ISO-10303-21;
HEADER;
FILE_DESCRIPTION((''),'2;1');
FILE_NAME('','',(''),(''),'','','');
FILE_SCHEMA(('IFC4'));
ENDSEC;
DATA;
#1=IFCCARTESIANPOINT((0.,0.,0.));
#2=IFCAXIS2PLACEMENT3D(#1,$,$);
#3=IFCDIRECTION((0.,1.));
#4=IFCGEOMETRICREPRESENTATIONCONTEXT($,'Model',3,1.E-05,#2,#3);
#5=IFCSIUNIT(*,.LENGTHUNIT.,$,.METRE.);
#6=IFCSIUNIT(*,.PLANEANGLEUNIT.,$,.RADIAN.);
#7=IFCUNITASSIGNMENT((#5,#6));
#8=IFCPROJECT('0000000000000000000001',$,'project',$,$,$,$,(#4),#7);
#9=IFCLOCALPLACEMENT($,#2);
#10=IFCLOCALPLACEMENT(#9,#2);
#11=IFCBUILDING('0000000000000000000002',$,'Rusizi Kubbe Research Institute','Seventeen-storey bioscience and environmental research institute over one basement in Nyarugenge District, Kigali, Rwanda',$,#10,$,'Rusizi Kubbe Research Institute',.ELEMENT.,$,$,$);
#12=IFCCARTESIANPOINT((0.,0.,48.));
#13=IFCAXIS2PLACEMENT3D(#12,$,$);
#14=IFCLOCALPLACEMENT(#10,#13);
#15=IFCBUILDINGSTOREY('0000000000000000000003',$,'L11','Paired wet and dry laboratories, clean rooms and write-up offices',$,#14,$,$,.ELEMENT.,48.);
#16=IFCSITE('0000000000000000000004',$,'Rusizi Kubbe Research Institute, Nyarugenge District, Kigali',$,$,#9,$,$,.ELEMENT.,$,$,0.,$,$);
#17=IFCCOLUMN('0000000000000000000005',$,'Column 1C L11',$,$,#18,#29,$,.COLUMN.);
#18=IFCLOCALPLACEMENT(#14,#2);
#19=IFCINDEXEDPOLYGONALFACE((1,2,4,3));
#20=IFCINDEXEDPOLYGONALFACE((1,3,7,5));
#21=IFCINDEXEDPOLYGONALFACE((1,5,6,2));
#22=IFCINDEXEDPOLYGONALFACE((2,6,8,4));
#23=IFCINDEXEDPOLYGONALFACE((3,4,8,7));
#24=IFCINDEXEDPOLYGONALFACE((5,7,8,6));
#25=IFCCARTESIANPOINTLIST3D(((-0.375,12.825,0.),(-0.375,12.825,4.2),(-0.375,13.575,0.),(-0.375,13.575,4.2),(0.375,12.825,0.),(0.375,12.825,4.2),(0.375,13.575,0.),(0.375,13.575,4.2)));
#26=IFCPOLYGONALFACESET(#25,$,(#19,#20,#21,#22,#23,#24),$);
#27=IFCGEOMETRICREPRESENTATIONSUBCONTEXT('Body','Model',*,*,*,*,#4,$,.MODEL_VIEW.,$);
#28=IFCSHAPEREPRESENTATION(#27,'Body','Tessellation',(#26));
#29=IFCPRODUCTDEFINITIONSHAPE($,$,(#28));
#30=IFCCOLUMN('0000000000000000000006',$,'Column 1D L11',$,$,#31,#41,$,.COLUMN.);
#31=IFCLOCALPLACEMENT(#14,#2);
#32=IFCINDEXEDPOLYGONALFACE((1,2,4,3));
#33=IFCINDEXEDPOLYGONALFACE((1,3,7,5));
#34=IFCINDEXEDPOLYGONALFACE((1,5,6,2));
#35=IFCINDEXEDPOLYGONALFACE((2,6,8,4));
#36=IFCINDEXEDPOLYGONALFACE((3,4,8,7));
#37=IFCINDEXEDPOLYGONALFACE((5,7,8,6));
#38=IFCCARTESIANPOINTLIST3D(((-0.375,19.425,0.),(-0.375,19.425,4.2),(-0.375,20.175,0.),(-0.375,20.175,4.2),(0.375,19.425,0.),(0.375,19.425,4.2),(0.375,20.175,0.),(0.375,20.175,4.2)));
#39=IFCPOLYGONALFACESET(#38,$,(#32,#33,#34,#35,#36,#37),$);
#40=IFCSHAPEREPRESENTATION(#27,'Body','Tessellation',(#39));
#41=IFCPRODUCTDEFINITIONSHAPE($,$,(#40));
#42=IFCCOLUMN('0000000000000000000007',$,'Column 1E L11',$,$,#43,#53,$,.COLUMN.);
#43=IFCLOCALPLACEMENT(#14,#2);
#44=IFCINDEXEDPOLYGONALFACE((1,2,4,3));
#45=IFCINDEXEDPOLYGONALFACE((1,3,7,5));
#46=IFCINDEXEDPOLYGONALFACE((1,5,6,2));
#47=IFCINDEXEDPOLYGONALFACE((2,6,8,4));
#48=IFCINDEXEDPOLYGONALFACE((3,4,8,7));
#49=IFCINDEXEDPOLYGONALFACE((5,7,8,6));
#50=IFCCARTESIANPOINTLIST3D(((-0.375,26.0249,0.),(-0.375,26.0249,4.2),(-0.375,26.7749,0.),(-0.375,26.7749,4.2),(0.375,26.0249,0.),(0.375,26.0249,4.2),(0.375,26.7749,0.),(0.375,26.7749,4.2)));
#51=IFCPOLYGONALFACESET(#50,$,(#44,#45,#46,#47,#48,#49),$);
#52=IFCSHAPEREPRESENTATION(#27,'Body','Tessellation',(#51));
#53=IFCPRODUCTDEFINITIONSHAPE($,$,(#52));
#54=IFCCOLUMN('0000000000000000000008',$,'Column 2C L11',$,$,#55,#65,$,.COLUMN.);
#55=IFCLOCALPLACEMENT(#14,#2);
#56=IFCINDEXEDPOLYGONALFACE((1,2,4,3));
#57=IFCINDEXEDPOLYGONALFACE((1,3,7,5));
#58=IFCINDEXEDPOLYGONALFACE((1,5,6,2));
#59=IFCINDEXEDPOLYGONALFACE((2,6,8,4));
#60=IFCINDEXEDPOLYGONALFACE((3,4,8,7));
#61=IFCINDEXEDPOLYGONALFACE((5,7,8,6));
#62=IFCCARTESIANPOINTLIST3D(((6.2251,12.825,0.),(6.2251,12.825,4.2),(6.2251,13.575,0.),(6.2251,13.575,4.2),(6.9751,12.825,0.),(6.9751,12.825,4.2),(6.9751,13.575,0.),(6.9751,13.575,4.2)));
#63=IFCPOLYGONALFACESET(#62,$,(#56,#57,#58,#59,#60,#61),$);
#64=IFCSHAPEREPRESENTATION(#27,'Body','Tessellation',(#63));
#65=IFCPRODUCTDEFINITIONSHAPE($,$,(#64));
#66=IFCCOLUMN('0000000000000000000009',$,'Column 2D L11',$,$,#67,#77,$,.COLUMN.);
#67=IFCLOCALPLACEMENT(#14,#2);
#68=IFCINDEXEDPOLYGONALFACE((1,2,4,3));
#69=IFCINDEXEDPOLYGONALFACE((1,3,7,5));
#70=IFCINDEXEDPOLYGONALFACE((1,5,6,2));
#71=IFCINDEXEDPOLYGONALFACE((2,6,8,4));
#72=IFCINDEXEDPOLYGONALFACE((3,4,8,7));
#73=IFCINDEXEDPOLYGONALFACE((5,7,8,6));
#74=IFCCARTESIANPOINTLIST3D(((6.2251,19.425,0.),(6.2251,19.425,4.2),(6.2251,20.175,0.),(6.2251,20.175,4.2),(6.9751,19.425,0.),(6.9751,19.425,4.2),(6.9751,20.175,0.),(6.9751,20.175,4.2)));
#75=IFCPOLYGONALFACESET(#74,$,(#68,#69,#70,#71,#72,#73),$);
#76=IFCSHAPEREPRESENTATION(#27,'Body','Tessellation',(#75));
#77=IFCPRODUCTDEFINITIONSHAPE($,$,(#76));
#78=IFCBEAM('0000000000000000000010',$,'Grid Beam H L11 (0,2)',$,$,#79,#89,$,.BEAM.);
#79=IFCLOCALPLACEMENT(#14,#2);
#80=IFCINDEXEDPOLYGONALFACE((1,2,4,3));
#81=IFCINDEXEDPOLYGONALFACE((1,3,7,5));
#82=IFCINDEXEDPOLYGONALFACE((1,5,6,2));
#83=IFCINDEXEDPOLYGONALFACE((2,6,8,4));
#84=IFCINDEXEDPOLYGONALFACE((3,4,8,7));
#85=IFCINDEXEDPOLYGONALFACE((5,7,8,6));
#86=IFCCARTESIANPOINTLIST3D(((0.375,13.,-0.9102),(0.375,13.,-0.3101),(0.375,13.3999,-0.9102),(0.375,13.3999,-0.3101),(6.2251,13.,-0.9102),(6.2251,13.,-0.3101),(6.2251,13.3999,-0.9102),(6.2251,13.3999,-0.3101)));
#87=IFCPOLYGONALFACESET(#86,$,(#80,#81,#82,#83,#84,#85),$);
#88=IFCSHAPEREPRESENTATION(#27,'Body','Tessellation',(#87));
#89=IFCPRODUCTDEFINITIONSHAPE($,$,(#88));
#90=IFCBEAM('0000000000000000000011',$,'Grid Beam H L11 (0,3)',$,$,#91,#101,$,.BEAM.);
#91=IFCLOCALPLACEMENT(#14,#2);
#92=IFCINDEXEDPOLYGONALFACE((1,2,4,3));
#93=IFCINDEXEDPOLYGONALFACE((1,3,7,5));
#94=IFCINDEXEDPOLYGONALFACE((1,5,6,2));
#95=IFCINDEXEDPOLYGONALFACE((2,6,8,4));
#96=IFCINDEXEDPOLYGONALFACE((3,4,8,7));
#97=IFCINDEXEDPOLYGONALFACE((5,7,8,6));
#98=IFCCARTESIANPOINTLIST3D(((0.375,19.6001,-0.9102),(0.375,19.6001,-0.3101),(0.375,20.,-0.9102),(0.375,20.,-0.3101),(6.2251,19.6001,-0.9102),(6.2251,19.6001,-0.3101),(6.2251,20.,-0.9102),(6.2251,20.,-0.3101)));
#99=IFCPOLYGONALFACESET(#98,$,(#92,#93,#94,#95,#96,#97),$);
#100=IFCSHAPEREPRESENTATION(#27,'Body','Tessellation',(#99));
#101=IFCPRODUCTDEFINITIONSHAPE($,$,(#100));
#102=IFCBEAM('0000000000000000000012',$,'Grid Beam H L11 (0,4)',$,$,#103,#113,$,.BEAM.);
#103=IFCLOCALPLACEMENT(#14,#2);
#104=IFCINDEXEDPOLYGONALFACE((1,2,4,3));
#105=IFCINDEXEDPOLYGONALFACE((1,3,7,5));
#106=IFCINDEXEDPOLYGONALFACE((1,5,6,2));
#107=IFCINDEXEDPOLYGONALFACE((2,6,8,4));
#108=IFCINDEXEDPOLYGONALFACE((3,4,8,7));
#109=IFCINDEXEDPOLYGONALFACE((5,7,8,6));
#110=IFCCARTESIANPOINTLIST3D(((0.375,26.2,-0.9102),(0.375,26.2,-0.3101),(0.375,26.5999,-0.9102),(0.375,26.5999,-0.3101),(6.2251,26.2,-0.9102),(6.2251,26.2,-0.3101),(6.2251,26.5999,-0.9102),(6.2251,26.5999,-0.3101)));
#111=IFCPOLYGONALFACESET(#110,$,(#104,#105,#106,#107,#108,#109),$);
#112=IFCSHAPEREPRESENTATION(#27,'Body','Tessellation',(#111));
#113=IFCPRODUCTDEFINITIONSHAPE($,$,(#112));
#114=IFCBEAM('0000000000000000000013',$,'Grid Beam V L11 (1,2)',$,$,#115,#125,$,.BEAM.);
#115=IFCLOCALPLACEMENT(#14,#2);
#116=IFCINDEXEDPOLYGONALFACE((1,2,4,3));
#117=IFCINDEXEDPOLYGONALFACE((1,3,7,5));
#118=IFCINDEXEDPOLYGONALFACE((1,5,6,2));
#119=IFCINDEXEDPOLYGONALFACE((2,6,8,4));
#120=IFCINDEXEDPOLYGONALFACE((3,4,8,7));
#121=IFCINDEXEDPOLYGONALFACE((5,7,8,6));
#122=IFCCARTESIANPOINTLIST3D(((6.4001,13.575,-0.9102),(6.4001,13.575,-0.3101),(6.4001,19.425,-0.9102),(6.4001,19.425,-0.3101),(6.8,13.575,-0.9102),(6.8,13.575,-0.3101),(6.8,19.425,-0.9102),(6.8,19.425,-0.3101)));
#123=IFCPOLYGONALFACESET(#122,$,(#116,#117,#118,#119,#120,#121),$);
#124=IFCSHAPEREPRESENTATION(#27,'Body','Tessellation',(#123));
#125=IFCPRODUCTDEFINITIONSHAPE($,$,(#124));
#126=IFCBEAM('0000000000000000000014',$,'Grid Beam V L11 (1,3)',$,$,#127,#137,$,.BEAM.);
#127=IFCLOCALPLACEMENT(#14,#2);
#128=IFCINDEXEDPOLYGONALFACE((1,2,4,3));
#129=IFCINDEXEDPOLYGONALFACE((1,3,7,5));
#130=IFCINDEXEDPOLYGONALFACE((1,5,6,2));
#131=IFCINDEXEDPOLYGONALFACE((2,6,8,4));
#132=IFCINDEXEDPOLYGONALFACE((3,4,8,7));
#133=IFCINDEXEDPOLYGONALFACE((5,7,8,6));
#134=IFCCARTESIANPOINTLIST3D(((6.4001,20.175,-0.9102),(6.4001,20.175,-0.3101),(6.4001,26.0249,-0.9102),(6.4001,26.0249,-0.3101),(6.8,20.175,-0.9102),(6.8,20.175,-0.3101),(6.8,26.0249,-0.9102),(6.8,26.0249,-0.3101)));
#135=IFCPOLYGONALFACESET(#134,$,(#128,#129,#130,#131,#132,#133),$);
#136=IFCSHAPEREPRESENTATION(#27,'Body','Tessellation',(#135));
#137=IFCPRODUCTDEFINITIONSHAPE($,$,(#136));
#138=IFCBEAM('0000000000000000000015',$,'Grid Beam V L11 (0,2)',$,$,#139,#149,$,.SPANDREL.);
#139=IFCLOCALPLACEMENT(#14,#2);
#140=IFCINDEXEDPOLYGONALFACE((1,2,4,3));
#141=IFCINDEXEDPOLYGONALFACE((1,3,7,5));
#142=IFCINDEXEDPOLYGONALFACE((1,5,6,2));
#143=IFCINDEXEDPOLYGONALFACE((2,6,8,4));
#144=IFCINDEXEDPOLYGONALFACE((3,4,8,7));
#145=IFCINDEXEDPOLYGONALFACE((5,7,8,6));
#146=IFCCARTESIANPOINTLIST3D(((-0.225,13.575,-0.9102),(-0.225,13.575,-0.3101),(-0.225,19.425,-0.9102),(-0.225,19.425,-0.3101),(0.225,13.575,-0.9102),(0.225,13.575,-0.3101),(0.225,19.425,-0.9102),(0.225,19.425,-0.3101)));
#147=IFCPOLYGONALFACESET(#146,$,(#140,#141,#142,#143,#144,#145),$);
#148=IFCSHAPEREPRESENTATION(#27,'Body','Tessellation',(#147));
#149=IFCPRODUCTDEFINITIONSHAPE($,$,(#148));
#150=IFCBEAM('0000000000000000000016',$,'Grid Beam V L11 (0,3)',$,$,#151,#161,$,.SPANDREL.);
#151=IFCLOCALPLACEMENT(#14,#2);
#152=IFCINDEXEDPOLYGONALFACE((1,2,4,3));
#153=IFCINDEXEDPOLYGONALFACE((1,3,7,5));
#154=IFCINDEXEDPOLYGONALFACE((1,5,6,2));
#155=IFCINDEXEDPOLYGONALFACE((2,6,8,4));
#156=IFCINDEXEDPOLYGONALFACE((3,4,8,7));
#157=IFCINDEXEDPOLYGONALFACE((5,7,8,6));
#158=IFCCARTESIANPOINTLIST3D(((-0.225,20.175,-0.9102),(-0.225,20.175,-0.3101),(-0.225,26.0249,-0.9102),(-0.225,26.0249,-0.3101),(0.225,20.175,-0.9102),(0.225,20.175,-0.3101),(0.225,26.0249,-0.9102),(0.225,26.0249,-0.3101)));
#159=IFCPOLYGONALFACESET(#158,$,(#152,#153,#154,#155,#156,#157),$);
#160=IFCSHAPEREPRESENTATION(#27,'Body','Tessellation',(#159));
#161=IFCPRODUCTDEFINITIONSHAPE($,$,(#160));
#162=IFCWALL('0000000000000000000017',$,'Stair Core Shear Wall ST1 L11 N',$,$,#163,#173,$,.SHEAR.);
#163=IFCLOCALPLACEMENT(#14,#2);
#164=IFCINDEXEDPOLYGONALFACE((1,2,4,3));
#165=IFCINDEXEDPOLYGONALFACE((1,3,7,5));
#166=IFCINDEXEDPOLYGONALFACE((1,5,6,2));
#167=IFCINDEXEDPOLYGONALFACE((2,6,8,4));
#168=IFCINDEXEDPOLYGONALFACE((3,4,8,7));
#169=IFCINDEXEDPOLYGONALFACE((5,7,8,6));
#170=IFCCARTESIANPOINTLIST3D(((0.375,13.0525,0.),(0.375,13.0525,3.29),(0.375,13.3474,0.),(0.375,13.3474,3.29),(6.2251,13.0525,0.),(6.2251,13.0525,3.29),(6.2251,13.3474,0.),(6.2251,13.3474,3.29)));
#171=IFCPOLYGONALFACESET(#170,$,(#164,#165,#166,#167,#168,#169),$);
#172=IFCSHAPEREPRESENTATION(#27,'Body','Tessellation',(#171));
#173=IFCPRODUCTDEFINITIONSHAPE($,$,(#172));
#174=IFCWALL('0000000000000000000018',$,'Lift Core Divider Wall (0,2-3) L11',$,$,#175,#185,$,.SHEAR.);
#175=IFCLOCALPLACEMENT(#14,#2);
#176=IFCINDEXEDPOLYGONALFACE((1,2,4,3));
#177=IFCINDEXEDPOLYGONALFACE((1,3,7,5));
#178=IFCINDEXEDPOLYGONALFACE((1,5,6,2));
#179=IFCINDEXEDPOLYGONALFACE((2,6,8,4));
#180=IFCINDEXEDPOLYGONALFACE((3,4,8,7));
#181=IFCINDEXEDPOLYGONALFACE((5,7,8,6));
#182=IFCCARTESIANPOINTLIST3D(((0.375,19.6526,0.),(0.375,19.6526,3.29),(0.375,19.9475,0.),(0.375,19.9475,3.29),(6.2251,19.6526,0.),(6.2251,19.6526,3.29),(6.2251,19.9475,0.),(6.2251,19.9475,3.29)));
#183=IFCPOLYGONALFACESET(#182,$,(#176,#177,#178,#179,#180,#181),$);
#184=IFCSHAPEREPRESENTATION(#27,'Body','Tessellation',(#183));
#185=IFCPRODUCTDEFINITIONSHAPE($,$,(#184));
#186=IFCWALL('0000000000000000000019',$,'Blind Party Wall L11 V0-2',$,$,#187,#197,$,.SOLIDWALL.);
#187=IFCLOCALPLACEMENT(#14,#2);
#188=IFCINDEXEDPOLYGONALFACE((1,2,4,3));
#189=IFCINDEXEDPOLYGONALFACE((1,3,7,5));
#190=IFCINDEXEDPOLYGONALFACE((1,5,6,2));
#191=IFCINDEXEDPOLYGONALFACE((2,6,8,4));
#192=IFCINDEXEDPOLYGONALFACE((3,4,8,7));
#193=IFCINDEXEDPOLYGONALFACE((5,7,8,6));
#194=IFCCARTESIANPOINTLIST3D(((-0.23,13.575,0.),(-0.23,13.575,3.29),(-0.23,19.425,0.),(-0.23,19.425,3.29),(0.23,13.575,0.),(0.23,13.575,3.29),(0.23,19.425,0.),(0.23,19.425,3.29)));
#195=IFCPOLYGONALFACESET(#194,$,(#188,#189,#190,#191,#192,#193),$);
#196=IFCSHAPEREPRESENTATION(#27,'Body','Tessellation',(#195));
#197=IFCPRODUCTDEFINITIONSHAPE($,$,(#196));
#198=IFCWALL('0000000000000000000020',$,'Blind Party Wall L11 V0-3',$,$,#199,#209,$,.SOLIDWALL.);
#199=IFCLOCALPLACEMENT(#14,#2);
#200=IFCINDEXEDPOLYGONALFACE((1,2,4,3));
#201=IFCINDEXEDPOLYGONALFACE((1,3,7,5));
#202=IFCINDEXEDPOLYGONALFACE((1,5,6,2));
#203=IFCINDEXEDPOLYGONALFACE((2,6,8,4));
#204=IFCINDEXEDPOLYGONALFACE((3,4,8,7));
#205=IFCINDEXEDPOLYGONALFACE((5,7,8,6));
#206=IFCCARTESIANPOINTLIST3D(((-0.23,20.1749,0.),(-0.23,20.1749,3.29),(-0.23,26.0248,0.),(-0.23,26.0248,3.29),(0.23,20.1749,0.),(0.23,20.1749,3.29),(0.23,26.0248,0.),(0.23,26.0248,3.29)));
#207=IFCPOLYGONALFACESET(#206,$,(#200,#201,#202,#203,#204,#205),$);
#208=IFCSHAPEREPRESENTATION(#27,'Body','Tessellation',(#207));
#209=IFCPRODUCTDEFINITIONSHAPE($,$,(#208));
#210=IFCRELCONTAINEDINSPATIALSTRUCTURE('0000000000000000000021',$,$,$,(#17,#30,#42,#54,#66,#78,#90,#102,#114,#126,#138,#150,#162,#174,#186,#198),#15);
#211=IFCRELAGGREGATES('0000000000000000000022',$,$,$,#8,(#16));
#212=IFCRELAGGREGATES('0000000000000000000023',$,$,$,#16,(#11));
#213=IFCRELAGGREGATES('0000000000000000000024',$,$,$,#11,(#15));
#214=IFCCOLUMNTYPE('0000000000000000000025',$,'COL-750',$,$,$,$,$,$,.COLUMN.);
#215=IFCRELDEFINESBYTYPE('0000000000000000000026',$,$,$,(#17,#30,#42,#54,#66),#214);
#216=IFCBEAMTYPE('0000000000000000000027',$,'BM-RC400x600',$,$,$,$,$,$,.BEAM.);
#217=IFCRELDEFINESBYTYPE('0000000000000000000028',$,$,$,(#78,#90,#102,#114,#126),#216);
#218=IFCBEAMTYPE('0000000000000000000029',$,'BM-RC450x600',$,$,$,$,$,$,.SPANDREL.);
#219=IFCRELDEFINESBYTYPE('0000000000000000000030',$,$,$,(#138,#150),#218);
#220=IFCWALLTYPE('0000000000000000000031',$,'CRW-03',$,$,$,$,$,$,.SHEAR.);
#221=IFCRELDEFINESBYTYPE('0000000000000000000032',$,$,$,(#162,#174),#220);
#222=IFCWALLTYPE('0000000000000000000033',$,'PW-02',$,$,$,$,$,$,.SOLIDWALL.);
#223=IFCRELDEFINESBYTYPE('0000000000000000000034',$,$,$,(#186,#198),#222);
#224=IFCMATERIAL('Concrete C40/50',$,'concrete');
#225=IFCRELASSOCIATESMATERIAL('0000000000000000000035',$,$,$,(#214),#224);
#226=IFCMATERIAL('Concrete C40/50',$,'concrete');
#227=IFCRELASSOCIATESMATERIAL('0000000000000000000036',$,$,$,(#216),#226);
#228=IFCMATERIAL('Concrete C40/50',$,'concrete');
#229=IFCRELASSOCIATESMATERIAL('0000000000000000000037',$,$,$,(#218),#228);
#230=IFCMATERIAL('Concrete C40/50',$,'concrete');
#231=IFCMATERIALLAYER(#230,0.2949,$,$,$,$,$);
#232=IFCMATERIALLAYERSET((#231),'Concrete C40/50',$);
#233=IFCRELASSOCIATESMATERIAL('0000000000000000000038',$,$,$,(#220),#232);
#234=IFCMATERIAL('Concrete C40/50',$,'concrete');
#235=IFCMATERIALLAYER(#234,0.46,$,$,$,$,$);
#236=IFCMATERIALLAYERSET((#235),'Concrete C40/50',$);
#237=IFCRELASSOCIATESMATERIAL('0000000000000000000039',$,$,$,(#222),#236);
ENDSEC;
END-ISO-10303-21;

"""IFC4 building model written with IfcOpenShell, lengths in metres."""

from ifc_helpers import new_model, si_unit, direction, frame, frame_2d, origin, origin_2d, place, context, subcontext, project, spatial, rectangle, extrude, material, layer, layer_set, material_profile, profile_set, type_object, element, save


model = new_model("IFC4")

# Units and contexts
model_context = context("Model", 3, precision=1e-05, world=origin(), true_north=direction((0.0, 1.0)))
body_context = subcontext(model_context, "Body", "Model", "MODEL_VIEW")
ifc_project = project(units=[si_unit("LENGTHUNIT", "METRE"), si_unit("PLANEANGLEUNIT", "RADIAN")], contexts=[model_context])

# Site, building, storey
site_placement = place(None, origin())
site = spatial("IfcSite", under=ifc_project, at=site_placement, Name="Rusizi Kubbe Research Institute, Nyarugenge District, Kigali", CompositionType="ELEMENT", RefElevation=0.0)
building_placement = place(site_placement, origin())
building = spatial("IfcBuilding", under=site, at=building_placement, Name="Rusizi Kubbe Research Institute", Description="Seventeen-storey bioscience and environmental research institute over one basement in Nyarugenge District, Kigali, Rwanda", LongName="Rusizi Kubbe Research Institute", CompositionType="ELEMENT")
storey_placement = place(building_placement, frame((0.0, 0.0, 48.0)))
storey = spatial("IfcBuildingStorey", under=building, at=storey_placement, Name="L11", Description="Paired wet and dry laboratories, clean rooms and write-up offices", CompositionType="ELEMENT", Elevation=48.0)

# Columns
ifc_material_1 = material(Name="Concrete C40/50", Category="concrete")
ifc_material_profile_1 = material_profile(ifc_material_1, rectangle(XDim=0.75, YDim=0.75, at=origin_2d()), Name="RC750x750")
ifc_profile_set_1 = profile_set([ifc_material_profile_1], Name="Concrete C40/50")
column_type = type_object("IfcColumnType", Name="COL-750", PredefinedType="COLUMN", material=ifc_profile_set_1)
for number, where, z_axis, x_axis, name in (
    (1, (0.0, 13.2, 0.0), (0.0, 0.0, 1.0), (1.0, 0.0, 0.0), "Column 1C L11"),
    (2, (0.0, 19.8, 0.0), (0.0, 0.0, 1.0), (1.0, 0.0, 0.0), "Column 1D L11"),
    (3, (0.0, 26.3999, 0.0), (0.0, 0.0, 1.0), (1.0, 0.0, 0.0), "Column 1E L11"),
    (4, (6.6001, 13.2, 0.0), (0.0, 0.0, 1.0), (1.0, 0.0, 0.0), "Column 2C L11"),
    (5, (6.6001, 19.8, 0.0), (0.0, 0.0, 1.0), (1.0, 0.0, 0.0), "Column 2D L11"),
):
    element("IfcColumn", number, at=place(storey_placement, frame(where, z_axis=z_axis, x_axis=x_axis)), inside=storey, type_object=column_type, Name=name, PredefinedType="COLUMN", context=body_context, shape_type="SweptSolid", body=[
        extrude(rectangle(XDim=0.75, YDim=0.75, at=origin_2d()), origin(), (0.0, 0.0, 1.0), 4.2),
    ])

# Beams
ifc_material_2 = material(Name="Concrete C40/50", Category="concrete")
ifc_material_profile_2 = material_profile(ifc_material_2, rectangle(XDim=0.3999, YDim=0.6001, at=origin_2d()), Name="RC400x600")
ifc_profile_set_2 = profile_set([ifc_material_profile_2], Name="Concrete C40/50")
beam_type_1 = type_object("IfcBeamType", Name="BM-RC400x600", PredefinedType="BEAM", material=ifc_profile_set_2)
for number, where, z_axis, x_axis, name in (
    (6, (0.375, 13.2, -0.6101), (1.0, 0.0, 0.0), (0.0, 1.0, 0.0), "Grid Beam H L11 (0,2)"),
    (7, (0.375, 19.8, -0.6101), (1.0, 0.0, 0.0), (0.0, 1.0, 0.0), "Grid Beam H L11 (0,3)"),
    (8, (0.375, 26.3999, -0.6101), (1.0, 0.0, 0.0), (0.0, 1.0, 0.0), "Grid Beam H L11 (0,4)"),
    (9, (6.6001, 13.575, -0.6101), (0.0, 1.0, 0.0), (-1.0, 0.0, 0.0), "Grid Beam V L11 (1,2)"),
):
    element("IfcBeam", number, at=place(storey_placement, frame(where, z_axis=z_axis, x_axis=x_axis)), inside=storey, type_object=beam_type_1, Name=name, PredefinedType="BEAM", context=body_context, shape_type="SweptSolid", body=[
        extrude(rectangle(XDim=0.3999, YDim=0.6001, at=origin_2d()), origin(), (0.0, 0.0, 1.0), 5.8501),
    ])
beam_1_placement = place(storey_placement, frame((6.6001, 20.175, -0.6101), z_axis=(0.0, 1.0, 0.0), x_axis=(-1.0, 0.0, 0.0)))
element("IfcBeam", 10, at=beam_1_placement, inside=storey, type_object=beam_type_1, Name="Grid Beam V L11 (1,3)", PredefinedType="BEAM", context=body_context, shape_type="SweptSolid", body=[
    extrude(rectangle(XDim=0.3999, YDim=0.6001, at=origin_2d()), origin(), (0.0, 0.0, 1.0), 5.8499),
])
ifc_material_3 = material(Name="Concrete C40/50", Category="concrete")
ifc_material_profile_3 = material_profile(ifc_material_3, rectangle(XDim=0.45, YDim=0.6001, at=origin_2d()), Name="RC450x600")
ifc_profile_set_3 = profile_set([ifc_material_profile_3], Name="Concrete C40/50")
beam_type_2 = type_object("IfcBeamType", Name="BM-RC450x600", PredefinedType="SPANDREL", material=ifc_profile_set_3)
beam_2_placement = place(storey_placement, frame((0.0, 13.575, -0.6101), z_axis=(0.0, 1.0, 0.0), x_axis=(-1.0, 0.0, 0.0)))
element("IfcBeam", 11, at=beam_2_placement, inside=storey, type_object=beam_type_2, Name="Grid Beam V L11 (0,2)", PredefinedType="SPANDREL", context=body_context, shape_type="SweptSolid", body=[
    extrude(rectangle(XDim=0.45, YDim=0.6001, at=origin_2d()), origin(), (0.0, 0.0, 1.0), 5.8501),
])
beam_3_placement = place(storey_placement, frame((0.0, 20.175, -0.6101), z_axis=(0.0, 1.0, 0.0), x_axis=(-1.0, 0.0, 0.0)))
element("IfcBeam", 12, at=beam_3_placement, inside=storey, type_object=beam_type_2, Name="Grid Beam V L11 (0,3)", PredefinedType="SPANDREL", context=body_context, shape_type="SweptSolid", body=[
    extrude(rectangle(XDim=0.45, YDim=0.6001, at=origin_2d()), origin(), (0.0, 0.0, 1.0), 5.8499),
])

# Walls
ifc_material_4 = material(Name="Concrete C40/50", Category="concrete")
ifc_layer_1 = layer(ifc_material_4, 0.2949)
ifc_layer_set_1 = layer_set([ifc_layer_1], Name="Concrete C40/50")
wall_type_1 = type_object("IfcWallType", Name="CRW-03", PredefinedType="SHEAR", material=ifc_layer_set_1)
for number, where, z_axis, x_axis, name in (
    (13, (0.375, 13.2, 0.0), (0.0, 0.0, 1.0), (1.0, 0.0, 0.0), "Stair Core Shear Wall ST1 L11 N"),
    (14, (0.375, 19.8, 0.0), (0.0, 0.0, 1.0), (1.0, 0.0, 0.0), "Lift Core Divider Wall (0,2-3) L11"),
):
    element("IfcWall", number, at=place(storey_placement, frame(where, z_axis=z_axis, x_axis=x_axis)), inside=storey, type_object=wall_type_1, Name=name, PredefinedType="SHEAR", context=body_context, shape_type="SweptSolid", body=[
        extrude(rectangle(XDim=5.8501, YDim=0.2949, at=frame_2d((2.925, 0.0))), origin(), (0.0, 0.0, 1.0), 3.29),
    ])

# Walls
ifc_material_5 = material(Name="Concrete C40/50", Category="concrete")
ifc_layer_2 = layer(ifc_material_5, 0.46)
ifc_layer_set_2 = layer_set([ifc_layer_2], Name="Concrete C40/50")
wall_type_2 = type_object("IfcWallType", Name="PW-02", PredefinedType="SOLIDWALL", material=ifc_layer_set_2)
wall_1_placement = place(storey_placement, frame((0.0, 13.575, 0.0), z_axis=(0.0, 0.0, 1.0), x_axis=(0.0, 1.0, 0.0)))
element("IfcWall", 15, at=wall_1_placement, inside=storey, type_object=wall_type_2, Name="Blind Party Wall L11 V0-2", PredefinedType="SOLIDWALL", context=body_context, shape_type="SweptSolid", body=[
    extrude(rectangle(XDim=5.8501, YDim=0.46, at=frame_2d((2.925, 0.0))), origin(), (0.0, 0.0, 1.0), 3.29),
])
wall_2_placement = place(storey_placement, frame((0.0, 20.175, 0.0), z_axis=(0.0, 0.0, 1.0), x_axis=(0.0, 1.0, 0.0)))
element("IfcWall", 16, at=wall_2_placement, inside=storey, type_object=wall_type_2, Name="Blind Party Wall L11 V0-3", PredefinedType="SOLIDWALL", context=body_context, shape_type="SweptSolid", body=[
    extrude(rectangle(XDim=5.8499, YDim=0.46, at=frame_2d((2.9248, 0.0))), origin(), (0.0, 0.0, 1.0), 3.29),
])

save(model, "model.ifc")
